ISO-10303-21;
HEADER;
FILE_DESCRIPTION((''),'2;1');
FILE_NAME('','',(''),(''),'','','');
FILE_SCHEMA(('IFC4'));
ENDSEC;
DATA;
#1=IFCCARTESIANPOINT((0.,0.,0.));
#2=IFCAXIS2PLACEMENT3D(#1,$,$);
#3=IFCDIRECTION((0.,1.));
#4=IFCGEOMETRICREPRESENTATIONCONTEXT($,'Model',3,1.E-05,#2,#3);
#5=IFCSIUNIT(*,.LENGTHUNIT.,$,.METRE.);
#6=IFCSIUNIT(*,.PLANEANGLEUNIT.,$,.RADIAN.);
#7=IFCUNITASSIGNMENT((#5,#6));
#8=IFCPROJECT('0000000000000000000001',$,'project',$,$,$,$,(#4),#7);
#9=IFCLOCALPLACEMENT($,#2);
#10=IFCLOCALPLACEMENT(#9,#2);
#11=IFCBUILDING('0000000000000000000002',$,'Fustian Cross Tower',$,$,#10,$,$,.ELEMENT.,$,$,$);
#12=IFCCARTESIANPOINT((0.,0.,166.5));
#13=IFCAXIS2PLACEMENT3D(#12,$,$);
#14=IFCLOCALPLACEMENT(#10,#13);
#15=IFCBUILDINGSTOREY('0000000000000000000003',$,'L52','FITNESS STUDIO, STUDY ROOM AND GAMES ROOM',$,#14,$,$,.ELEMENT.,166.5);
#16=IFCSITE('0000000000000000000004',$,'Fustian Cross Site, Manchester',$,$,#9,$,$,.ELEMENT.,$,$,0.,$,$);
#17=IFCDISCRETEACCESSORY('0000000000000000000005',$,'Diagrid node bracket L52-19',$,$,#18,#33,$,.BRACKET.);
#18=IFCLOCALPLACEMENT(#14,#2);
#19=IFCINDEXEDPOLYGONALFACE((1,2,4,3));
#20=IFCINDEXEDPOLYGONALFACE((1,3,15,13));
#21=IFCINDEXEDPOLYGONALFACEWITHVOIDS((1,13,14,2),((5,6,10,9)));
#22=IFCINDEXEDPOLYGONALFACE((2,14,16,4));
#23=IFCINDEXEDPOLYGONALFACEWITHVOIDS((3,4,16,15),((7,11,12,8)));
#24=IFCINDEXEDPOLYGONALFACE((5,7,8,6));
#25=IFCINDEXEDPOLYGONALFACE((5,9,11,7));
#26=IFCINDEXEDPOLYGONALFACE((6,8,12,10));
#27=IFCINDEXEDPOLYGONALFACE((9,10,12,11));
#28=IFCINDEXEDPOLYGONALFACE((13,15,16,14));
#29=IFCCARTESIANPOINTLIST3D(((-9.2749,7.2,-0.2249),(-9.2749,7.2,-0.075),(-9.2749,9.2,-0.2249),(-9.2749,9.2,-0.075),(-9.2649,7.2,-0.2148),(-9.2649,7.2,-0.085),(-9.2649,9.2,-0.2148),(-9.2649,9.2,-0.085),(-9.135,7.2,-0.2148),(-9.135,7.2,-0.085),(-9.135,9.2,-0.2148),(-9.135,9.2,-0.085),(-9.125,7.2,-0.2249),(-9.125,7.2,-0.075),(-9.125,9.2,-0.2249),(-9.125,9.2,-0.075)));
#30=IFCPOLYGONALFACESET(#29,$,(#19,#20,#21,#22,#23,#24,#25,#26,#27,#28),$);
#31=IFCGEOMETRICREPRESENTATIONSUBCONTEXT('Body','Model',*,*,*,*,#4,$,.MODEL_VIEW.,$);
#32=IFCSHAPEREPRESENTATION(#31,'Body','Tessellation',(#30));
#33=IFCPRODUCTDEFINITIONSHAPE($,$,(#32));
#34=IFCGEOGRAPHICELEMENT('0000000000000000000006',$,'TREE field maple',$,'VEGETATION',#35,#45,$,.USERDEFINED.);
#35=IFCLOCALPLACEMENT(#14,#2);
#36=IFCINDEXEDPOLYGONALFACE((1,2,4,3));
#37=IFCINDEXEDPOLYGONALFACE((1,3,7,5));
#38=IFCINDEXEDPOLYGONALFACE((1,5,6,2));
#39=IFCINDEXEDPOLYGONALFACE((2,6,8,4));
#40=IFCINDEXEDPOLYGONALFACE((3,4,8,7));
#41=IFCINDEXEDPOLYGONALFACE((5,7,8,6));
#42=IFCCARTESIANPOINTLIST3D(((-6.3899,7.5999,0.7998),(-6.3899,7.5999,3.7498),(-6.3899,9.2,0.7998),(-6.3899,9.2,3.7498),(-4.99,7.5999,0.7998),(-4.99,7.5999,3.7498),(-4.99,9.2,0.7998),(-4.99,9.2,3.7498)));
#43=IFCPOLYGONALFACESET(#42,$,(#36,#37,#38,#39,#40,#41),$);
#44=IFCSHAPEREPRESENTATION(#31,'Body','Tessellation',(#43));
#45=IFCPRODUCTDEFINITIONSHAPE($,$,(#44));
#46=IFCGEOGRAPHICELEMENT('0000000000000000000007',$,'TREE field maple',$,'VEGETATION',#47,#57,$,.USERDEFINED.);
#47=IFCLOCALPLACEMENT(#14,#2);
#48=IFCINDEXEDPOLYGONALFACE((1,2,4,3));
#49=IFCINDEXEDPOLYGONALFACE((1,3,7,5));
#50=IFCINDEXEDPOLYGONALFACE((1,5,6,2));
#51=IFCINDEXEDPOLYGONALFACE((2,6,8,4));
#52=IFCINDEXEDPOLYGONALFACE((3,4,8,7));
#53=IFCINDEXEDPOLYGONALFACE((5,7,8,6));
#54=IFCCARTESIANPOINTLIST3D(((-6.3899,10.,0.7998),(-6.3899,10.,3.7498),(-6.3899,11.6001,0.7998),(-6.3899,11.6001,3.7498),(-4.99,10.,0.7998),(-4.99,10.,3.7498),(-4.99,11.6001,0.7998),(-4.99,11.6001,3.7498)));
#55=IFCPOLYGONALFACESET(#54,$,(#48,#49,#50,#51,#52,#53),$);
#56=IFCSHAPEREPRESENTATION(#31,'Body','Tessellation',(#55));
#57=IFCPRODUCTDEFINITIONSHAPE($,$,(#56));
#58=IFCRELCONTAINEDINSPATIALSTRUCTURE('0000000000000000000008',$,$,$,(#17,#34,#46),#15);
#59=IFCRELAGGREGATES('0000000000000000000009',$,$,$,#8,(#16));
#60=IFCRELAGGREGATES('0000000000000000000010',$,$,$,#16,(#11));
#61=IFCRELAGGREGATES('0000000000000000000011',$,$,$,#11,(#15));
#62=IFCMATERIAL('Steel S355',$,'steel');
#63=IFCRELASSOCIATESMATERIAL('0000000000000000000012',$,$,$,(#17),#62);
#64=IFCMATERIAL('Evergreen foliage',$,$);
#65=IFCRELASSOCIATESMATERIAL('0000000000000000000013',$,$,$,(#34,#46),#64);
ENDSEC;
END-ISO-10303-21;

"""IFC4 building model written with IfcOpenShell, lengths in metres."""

from ifc_helpers import new_model, si_unit, direction, frame, origin, origin_2d, place, context, subcontext, project, spatial, rectangle, hollow_rectangle, extrude, material, element, save


model = new_model("IFC4")

# Units and contexts
model_context = context("Model", 3, precision=1e-05, world=origin(), true_north=direction((0.0, 1.0)))
body_context = subcontext(model_context, "Body", "Model", "MODEL_VIEW")
ifc_project = project(units=[si_unit("LENGTHUNIT", "METRE"), si_unit("PLANEANGLEUNIT", "RADIAN")], contexts=[model_context])

# Site, building, storey
site_placement = place(None, origin())
site = spatial("IfcSite", under=ifc_project, at=site_placement, Name="Fustian Cross Site, Manchester", CompositionType="ELEMENT", RefElevation=0.0)
building_placement = place(site_placement, origin())
building = spatial("IfcBuilding", under=site, at=building_placement, Name="Fustian Cross Tower", CompositionType="ELEMENT")
storey_placement = place(building_placement, frame((0.0, 0.0, 166.5)))
storey = spatial("IfcBuildingStorey", under=building, at=storey_placement, Name="L52", Description="FITNESS STUDIO, STUDY ROOM AND GAMES ROOM", CompositionType="ELEMENT", Elevation=166.5)

# Discrete accessory
ifc_material_1 = material(Name="Steel S355", Category="steel")
discrete_accessory_placement = place(storey_placement, frame((-9.2, 9.2, -0.1499), z_axis=(0.0, -1.0, 0.0), x_axis=(1.0, 0.0, 0.0)))
element("IfcDiscreteAccessory", 1, at=discrete_accessory_placement, inside=storey, material=ifc_material_1, Name="Diagrid node bracket L52-19", PredefinedType="BRACKET", context=body_context, shape_type="SweptSolid", body=[
    extrude(hollow_rectangle(XDim=0.1499, YDim=0.1499, WallThickness=0.01, at=origin_2d()), origin(), (0.0, 0.0, 1.0), 2.0),
])

# Geographic elements
ifc_material_2 = material(Name="Evergreen foliage")
for number, where, z_axis, x_axis, name in (
    (2, (-5.6899, 8.3999, 0.7998), (0.0, 0.0, 1.0), (1.0, 0.0, 0.0), "TREE field maple"),
    (3, (-5.6899, 10.8, 0.7998), (0.0, 0.0, 1.0), (1.0, 0.0, 0.0), "TREE field maple"),
):
    element("IfcGeographicElement", number, at=place(storey_placement, frame(where, z_axis=z_axis, x_axis=x_axis)), inside=storey, material=ifc_material_2, Name=name, ObjectType="VEGETATION", PredefinedType="USERDEFINED", context=body_context, shape_type="SweptSolid", body=[
        extrude(rectangle(XDim=1.3999, YDim=1.6001, at=origin_2d()), origin(), (0.0, 0.0, 1.0), 2.95),
    ])

save(model, "model.ifc")
